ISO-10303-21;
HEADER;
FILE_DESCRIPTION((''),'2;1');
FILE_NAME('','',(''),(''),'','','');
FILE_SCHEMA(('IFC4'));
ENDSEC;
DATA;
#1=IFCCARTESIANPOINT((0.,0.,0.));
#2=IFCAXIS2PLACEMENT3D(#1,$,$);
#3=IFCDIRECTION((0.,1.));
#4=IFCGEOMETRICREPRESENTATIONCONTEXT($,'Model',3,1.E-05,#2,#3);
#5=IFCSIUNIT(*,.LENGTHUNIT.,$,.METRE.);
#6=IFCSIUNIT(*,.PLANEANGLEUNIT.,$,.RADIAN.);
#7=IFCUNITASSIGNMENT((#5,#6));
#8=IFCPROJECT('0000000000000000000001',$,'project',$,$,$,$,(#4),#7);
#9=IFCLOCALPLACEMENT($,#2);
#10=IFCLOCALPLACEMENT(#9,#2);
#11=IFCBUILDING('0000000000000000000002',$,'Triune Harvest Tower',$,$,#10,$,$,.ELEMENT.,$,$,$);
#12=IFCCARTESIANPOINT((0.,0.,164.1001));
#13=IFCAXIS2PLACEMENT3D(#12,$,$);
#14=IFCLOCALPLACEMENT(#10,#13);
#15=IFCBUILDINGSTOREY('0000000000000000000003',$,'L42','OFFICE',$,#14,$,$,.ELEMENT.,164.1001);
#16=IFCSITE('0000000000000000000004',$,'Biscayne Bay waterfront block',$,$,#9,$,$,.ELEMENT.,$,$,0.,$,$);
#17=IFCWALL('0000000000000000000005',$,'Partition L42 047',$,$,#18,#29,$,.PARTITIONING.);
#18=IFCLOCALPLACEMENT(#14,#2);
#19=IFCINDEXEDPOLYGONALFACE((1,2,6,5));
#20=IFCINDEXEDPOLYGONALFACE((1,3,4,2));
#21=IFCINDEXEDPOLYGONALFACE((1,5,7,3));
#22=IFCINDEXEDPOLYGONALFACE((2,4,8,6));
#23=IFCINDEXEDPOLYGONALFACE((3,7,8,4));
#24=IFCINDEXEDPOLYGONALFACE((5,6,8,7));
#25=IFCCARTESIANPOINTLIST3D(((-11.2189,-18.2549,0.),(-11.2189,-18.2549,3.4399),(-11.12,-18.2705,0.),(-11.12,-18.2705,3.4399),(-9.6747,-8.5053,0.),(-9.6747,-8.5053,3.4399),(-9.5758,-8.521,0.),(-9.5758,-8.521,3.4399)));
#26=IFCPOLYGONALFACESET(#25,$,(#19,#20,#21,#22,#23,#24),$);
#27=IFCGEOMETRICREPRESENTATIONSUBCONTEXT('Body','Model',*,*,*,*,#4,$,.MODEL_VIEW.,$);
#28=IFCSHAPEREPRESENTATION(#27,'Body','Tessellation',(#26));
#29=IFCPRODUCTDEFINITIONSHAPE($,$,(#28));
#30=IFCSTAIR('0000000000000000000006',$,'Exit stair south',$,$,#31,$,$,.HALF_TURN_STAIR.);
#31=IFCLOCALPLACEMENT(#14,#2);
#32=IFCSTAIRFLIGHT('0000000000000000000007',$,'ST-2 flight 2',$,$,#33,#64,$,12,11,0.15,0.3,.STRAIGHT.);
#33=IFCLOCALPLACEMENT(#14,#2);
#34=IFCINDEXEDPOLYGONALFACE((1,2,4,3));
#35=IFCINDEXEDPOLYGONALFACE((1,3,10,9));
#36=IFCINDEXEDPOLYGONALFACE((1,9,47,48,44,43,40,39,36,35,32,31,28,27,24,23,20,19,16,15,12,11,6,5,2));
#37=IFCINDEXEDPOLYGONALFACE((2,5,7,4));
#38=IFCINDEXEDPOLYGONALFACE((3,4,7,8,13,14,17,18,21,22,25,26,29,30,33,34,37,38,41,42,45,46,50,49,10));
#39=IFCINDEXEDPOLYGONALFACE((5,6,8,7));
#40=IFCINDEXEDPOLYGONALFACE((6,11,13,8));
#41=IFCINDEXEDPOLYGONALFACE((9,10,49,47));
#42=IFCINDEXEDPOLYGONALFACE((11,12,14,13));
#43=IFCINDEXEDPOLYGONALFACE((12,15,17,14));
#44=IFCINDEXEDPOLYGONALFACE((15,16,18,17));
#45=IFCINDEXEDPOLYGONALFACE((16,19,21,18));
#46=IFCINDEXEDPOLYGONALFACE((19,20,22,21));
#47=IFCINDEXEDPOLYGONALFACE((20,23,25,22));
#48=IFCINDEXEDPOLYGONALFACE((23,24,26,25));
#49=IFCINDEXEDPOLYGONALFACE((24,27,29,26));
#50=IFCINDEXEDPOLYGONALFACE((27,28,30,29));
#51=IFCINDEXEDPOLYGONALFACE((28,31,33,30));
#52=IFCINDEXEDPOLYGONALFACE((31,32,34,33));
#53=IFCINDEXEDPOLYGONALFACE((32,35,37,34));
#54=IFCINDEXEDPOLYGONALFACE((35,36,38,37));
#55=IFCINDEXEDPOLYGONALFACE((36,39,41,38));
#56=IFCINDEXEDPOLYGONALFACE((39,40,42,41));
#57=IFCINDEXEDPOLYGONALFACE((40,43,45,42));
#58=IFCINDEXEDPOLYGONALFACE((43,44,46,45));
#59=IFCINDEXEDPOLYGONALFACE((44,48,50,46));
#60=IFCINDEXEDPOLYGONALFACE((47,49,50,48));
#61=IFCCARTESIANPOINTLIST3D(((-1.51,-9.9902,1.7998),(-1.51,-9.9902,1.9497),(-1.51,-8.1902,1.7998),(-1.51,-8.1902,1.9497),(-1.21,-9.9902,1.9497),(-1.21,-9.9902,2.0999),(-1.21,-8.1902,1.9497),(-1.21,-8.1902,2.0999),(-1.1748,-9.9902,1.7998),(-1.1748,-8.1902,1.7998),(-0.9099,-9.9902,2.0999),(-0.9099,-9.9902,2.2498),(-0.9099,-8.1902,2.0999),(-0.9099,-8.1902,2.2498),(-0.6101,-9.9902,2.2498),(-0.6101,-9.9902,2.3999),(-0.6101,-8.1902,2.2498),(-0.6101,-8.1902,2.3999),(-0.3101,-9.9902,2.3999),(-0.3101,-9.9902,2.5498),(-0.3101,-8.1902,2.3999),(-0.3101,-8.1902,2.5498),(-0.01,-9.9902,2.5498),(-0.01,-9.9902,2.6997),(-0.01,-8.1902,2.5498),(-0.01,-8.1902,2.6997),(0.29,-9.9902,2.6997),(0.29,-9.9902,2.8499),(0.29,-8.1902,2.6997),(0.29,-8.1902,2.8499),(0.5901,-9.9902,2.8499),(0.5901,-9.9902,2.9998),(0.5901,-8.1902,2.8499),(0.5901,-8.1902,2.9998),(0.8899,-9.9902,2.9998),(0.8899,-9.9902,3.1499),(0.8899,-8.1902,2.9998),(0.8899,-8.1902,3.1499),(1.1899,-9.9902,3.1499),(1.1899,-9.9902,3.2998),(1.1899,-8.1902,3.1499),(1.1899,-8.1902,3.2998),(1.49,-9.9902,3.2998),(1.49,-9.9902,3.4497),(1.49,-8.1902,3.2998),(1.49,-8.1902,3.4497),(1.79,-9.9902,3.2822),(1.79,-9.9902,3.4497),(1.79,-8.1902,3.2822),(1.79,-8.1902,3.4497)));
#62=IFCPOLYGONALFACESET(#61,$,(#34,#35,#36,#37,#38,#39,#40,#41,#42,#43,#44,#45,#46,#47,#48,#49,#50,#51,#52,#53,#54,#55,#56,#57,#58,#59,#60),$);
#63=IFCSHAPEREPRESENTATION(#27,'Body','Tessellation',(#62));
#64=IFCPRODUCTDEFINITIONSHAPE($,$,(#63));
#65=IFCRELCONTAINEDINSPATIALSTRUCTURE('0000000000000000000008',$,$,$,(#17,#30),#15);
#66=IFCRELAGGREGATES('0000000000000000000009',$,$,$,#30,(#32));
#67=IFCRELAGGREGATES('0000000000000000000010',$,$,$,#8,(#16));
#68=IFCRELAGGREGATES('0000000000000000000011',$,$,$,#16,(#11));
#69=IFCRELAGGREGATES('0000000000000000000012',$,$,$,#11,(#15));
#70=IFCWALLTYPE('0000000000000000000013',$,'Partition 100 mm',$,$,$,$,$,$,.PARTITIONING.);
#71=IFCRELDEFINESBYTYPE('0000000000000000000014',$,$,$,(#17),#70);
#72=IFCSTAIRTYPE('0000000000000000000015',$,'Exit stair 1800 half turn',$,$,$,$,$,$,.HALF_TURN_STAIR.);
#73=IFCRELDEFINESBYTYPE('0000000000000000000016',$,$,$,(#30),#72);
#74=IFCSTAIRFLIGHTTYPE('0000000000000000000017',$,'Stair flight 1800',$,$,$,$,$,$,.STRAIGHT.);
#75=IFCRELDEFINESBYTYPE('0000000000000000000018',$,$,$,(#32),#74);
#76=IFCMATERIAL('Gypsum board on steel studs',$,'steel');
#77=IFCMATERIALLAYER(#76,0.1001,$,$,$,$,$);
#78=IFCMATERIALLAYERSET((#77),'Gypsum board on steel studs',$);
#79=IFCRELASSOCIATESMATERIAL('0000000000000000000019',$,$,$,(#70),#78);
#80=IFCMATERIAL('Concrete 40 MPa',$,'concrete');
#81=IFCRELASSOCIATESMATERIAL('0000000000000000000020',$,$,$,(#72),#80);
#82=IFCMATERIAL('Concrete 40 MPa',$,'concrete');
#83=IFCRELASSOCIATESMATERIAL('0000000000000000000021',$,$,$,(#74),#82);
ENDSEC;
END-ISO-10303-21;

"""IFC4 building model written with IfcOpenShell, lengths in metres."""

from ifc_helpers import new_model, si_unit, direction, frame, frame_2d, origin, place, context, subcontext, project, spatial, polyline, rectangle, outline, extrude, source, transform, mapped, material, layer, layer_set, type_object, element, aggregate, save


model = new_model("IFC4")

# Units and contexts
model_context = context("Model", 3, precision=1e-05, world=origin(), true_north=direction((0.0, 1.0)))
body_context = subcontext(model_context, "Body", "Model", "MODEL_VIEW")
ifc_project = project(units=[si_unit("LENGTHUNIT", "METRE"), si_unit("PLANEANGLEUNIT", "RADIAN")], contexts=[model_context])

# Site, building, storey
site_placement = place(None, origin())
site = spatial("IfcSite", under=ifc_project, at=site_placement, Name="Biscayne Bay waterfront block", CompositionType="ELEMENT", RefElevation=0.0)
building_placement = place(site_placement, origin())
building = spatial("IfcBuilding", under=site, at=building_placement, Name="Triune Harvest Tower", CompositionType="ELEMENT")
storey_placement = place(building_placement, frame((0.0, 0.0, 164.1001)))
storey = spatial("IfcBuildingStorey", under=building, at=storey_placement, Name="L42", Description="OFFICE", CompositionType="ELEMENT", Elevation=164.1001)

# Wall
ifc_material_1 = material(Name="Gypsum board on steel studs", Category="steel")
ifc_layer_1 = layer(ifc_material_1, 0.1001)
ifc_layer_set_1 = layer_set([ifc_layer_1], Name="Gypsum board on steel studs")
wall_type_1 = type_object("IfcWallType", Name="Partition 100 mm", PredefinedType="PARTITIONING", material=ifc_layer_set_1)
shared_shape_1 = source(origin(), body_context, "Body", "SweptSolid", [
    extrude(rectangle(XDim=9.8711, YDim=0.1001, at=frame_2d((4.9355, 0.0))), origin(), (0.0, 0.0, 1.0), 3.4399),
])
wall_1_placement = place(storey_placement, frame((-11.1694, -18.2627, 0.0), z_axis=(0.0, 0.0, 1.0), x_axis=(0.156436, 0.987688, 0.0)))
element("IfcWall", 1, at=wall_1_placement, inside=storey, type_object=wall_type_1, Name="Partition L42 047", PredefinedType="PARTITIONING", context=body_context, shape_type="MappedRepresentation", body=[
    mapped(shared_shape_1, transform((0.0, 0.0, 0.0), scale=1.0)),
])

# Stair, stair flight
ifc_material_2 = material(Name="Concrete 40 MPa", Category="concrete")
stair_type = type_object("IfcStairType", Name="Exit stair 1800 half turn", PredefinedType="HALF_TURN_STAIR", material=ifc_material_2)
stair_placement = place(storey_placement, origin())
stair = element("IfcStair", 2, at=stair_placement, inside=storey, type_object=stair_type, Name="Exit stair south", PredefinedType="HALF_TURN_STAIR")
ifc_material_3 = material(Name="Concrete 40 MPa", Category="concrete")
stair_flight_type = type_object("IfcStairFlightType", Name="Stair flight 1800", PredefinedType="STRAIGHT", material=ifc_material_3)
shared_shape_2 = source(origin(), body_context, "Body", "SweptSolid", [
    extrude(outline(polyline([(0.0, 0.0), (0.0, 0.1499), (0.3, 0.1499), (0.3, 0.3), (0.6001, 0.3), (0.6001, 0.45), (0.8999, 0.45), (0.8999, 0.6001), (1.2, 0.6001), (1.2, 0.75), (1.5, 0.75), (1.5, 0.8999), (1.8, 0.8999), (1.8, 1.05), (2.1001, 1.05), (2.1001, 1.2), (2.3999, 1.2), (2.3999, 1.3501), (2.7, 1.3501), (2.7, 1.5), (3.0, 1.5), (3.0, 1.6499), (3.3, 1.6499), (3.3, 1.8), (3.3, 1.4824), (0.3352, 0.0), (0.0, 0.0)])), frame((0.0, 0.8999, 0.0), z_axis=(0.0, -1.0, 0.0), x_axis=(1.0, 0.0, 0.0)), (0.0, 0.0, 1.0), 1.8),
])
stair_flight_placement = place(storey_placement, frame((-1.51, -9.0901, 1.7998), z_axis=(0.0, 0.0, 1.0), x_axis=(1.0, 0.0, 0.0)))
stair_flight = element("IfcStairFlight", 3, at=stair_flight_placement, type_object=stair_flight_type, Name="ST-2 flight 2", NumberOfRisers=12, NumberOfTreads=11, PredefinedType="STRAIGHT", RiserHeight=0.15, TreadLength=0.3, context=body_context, shape_type="MappedRepresentation", body=[
    mapped(shared_shape_2, transform((0.0, 0.0, 0.0), scale=1.0)),
])
aggregate(stair, [stair_flight])

save(model, "model.ifc")
